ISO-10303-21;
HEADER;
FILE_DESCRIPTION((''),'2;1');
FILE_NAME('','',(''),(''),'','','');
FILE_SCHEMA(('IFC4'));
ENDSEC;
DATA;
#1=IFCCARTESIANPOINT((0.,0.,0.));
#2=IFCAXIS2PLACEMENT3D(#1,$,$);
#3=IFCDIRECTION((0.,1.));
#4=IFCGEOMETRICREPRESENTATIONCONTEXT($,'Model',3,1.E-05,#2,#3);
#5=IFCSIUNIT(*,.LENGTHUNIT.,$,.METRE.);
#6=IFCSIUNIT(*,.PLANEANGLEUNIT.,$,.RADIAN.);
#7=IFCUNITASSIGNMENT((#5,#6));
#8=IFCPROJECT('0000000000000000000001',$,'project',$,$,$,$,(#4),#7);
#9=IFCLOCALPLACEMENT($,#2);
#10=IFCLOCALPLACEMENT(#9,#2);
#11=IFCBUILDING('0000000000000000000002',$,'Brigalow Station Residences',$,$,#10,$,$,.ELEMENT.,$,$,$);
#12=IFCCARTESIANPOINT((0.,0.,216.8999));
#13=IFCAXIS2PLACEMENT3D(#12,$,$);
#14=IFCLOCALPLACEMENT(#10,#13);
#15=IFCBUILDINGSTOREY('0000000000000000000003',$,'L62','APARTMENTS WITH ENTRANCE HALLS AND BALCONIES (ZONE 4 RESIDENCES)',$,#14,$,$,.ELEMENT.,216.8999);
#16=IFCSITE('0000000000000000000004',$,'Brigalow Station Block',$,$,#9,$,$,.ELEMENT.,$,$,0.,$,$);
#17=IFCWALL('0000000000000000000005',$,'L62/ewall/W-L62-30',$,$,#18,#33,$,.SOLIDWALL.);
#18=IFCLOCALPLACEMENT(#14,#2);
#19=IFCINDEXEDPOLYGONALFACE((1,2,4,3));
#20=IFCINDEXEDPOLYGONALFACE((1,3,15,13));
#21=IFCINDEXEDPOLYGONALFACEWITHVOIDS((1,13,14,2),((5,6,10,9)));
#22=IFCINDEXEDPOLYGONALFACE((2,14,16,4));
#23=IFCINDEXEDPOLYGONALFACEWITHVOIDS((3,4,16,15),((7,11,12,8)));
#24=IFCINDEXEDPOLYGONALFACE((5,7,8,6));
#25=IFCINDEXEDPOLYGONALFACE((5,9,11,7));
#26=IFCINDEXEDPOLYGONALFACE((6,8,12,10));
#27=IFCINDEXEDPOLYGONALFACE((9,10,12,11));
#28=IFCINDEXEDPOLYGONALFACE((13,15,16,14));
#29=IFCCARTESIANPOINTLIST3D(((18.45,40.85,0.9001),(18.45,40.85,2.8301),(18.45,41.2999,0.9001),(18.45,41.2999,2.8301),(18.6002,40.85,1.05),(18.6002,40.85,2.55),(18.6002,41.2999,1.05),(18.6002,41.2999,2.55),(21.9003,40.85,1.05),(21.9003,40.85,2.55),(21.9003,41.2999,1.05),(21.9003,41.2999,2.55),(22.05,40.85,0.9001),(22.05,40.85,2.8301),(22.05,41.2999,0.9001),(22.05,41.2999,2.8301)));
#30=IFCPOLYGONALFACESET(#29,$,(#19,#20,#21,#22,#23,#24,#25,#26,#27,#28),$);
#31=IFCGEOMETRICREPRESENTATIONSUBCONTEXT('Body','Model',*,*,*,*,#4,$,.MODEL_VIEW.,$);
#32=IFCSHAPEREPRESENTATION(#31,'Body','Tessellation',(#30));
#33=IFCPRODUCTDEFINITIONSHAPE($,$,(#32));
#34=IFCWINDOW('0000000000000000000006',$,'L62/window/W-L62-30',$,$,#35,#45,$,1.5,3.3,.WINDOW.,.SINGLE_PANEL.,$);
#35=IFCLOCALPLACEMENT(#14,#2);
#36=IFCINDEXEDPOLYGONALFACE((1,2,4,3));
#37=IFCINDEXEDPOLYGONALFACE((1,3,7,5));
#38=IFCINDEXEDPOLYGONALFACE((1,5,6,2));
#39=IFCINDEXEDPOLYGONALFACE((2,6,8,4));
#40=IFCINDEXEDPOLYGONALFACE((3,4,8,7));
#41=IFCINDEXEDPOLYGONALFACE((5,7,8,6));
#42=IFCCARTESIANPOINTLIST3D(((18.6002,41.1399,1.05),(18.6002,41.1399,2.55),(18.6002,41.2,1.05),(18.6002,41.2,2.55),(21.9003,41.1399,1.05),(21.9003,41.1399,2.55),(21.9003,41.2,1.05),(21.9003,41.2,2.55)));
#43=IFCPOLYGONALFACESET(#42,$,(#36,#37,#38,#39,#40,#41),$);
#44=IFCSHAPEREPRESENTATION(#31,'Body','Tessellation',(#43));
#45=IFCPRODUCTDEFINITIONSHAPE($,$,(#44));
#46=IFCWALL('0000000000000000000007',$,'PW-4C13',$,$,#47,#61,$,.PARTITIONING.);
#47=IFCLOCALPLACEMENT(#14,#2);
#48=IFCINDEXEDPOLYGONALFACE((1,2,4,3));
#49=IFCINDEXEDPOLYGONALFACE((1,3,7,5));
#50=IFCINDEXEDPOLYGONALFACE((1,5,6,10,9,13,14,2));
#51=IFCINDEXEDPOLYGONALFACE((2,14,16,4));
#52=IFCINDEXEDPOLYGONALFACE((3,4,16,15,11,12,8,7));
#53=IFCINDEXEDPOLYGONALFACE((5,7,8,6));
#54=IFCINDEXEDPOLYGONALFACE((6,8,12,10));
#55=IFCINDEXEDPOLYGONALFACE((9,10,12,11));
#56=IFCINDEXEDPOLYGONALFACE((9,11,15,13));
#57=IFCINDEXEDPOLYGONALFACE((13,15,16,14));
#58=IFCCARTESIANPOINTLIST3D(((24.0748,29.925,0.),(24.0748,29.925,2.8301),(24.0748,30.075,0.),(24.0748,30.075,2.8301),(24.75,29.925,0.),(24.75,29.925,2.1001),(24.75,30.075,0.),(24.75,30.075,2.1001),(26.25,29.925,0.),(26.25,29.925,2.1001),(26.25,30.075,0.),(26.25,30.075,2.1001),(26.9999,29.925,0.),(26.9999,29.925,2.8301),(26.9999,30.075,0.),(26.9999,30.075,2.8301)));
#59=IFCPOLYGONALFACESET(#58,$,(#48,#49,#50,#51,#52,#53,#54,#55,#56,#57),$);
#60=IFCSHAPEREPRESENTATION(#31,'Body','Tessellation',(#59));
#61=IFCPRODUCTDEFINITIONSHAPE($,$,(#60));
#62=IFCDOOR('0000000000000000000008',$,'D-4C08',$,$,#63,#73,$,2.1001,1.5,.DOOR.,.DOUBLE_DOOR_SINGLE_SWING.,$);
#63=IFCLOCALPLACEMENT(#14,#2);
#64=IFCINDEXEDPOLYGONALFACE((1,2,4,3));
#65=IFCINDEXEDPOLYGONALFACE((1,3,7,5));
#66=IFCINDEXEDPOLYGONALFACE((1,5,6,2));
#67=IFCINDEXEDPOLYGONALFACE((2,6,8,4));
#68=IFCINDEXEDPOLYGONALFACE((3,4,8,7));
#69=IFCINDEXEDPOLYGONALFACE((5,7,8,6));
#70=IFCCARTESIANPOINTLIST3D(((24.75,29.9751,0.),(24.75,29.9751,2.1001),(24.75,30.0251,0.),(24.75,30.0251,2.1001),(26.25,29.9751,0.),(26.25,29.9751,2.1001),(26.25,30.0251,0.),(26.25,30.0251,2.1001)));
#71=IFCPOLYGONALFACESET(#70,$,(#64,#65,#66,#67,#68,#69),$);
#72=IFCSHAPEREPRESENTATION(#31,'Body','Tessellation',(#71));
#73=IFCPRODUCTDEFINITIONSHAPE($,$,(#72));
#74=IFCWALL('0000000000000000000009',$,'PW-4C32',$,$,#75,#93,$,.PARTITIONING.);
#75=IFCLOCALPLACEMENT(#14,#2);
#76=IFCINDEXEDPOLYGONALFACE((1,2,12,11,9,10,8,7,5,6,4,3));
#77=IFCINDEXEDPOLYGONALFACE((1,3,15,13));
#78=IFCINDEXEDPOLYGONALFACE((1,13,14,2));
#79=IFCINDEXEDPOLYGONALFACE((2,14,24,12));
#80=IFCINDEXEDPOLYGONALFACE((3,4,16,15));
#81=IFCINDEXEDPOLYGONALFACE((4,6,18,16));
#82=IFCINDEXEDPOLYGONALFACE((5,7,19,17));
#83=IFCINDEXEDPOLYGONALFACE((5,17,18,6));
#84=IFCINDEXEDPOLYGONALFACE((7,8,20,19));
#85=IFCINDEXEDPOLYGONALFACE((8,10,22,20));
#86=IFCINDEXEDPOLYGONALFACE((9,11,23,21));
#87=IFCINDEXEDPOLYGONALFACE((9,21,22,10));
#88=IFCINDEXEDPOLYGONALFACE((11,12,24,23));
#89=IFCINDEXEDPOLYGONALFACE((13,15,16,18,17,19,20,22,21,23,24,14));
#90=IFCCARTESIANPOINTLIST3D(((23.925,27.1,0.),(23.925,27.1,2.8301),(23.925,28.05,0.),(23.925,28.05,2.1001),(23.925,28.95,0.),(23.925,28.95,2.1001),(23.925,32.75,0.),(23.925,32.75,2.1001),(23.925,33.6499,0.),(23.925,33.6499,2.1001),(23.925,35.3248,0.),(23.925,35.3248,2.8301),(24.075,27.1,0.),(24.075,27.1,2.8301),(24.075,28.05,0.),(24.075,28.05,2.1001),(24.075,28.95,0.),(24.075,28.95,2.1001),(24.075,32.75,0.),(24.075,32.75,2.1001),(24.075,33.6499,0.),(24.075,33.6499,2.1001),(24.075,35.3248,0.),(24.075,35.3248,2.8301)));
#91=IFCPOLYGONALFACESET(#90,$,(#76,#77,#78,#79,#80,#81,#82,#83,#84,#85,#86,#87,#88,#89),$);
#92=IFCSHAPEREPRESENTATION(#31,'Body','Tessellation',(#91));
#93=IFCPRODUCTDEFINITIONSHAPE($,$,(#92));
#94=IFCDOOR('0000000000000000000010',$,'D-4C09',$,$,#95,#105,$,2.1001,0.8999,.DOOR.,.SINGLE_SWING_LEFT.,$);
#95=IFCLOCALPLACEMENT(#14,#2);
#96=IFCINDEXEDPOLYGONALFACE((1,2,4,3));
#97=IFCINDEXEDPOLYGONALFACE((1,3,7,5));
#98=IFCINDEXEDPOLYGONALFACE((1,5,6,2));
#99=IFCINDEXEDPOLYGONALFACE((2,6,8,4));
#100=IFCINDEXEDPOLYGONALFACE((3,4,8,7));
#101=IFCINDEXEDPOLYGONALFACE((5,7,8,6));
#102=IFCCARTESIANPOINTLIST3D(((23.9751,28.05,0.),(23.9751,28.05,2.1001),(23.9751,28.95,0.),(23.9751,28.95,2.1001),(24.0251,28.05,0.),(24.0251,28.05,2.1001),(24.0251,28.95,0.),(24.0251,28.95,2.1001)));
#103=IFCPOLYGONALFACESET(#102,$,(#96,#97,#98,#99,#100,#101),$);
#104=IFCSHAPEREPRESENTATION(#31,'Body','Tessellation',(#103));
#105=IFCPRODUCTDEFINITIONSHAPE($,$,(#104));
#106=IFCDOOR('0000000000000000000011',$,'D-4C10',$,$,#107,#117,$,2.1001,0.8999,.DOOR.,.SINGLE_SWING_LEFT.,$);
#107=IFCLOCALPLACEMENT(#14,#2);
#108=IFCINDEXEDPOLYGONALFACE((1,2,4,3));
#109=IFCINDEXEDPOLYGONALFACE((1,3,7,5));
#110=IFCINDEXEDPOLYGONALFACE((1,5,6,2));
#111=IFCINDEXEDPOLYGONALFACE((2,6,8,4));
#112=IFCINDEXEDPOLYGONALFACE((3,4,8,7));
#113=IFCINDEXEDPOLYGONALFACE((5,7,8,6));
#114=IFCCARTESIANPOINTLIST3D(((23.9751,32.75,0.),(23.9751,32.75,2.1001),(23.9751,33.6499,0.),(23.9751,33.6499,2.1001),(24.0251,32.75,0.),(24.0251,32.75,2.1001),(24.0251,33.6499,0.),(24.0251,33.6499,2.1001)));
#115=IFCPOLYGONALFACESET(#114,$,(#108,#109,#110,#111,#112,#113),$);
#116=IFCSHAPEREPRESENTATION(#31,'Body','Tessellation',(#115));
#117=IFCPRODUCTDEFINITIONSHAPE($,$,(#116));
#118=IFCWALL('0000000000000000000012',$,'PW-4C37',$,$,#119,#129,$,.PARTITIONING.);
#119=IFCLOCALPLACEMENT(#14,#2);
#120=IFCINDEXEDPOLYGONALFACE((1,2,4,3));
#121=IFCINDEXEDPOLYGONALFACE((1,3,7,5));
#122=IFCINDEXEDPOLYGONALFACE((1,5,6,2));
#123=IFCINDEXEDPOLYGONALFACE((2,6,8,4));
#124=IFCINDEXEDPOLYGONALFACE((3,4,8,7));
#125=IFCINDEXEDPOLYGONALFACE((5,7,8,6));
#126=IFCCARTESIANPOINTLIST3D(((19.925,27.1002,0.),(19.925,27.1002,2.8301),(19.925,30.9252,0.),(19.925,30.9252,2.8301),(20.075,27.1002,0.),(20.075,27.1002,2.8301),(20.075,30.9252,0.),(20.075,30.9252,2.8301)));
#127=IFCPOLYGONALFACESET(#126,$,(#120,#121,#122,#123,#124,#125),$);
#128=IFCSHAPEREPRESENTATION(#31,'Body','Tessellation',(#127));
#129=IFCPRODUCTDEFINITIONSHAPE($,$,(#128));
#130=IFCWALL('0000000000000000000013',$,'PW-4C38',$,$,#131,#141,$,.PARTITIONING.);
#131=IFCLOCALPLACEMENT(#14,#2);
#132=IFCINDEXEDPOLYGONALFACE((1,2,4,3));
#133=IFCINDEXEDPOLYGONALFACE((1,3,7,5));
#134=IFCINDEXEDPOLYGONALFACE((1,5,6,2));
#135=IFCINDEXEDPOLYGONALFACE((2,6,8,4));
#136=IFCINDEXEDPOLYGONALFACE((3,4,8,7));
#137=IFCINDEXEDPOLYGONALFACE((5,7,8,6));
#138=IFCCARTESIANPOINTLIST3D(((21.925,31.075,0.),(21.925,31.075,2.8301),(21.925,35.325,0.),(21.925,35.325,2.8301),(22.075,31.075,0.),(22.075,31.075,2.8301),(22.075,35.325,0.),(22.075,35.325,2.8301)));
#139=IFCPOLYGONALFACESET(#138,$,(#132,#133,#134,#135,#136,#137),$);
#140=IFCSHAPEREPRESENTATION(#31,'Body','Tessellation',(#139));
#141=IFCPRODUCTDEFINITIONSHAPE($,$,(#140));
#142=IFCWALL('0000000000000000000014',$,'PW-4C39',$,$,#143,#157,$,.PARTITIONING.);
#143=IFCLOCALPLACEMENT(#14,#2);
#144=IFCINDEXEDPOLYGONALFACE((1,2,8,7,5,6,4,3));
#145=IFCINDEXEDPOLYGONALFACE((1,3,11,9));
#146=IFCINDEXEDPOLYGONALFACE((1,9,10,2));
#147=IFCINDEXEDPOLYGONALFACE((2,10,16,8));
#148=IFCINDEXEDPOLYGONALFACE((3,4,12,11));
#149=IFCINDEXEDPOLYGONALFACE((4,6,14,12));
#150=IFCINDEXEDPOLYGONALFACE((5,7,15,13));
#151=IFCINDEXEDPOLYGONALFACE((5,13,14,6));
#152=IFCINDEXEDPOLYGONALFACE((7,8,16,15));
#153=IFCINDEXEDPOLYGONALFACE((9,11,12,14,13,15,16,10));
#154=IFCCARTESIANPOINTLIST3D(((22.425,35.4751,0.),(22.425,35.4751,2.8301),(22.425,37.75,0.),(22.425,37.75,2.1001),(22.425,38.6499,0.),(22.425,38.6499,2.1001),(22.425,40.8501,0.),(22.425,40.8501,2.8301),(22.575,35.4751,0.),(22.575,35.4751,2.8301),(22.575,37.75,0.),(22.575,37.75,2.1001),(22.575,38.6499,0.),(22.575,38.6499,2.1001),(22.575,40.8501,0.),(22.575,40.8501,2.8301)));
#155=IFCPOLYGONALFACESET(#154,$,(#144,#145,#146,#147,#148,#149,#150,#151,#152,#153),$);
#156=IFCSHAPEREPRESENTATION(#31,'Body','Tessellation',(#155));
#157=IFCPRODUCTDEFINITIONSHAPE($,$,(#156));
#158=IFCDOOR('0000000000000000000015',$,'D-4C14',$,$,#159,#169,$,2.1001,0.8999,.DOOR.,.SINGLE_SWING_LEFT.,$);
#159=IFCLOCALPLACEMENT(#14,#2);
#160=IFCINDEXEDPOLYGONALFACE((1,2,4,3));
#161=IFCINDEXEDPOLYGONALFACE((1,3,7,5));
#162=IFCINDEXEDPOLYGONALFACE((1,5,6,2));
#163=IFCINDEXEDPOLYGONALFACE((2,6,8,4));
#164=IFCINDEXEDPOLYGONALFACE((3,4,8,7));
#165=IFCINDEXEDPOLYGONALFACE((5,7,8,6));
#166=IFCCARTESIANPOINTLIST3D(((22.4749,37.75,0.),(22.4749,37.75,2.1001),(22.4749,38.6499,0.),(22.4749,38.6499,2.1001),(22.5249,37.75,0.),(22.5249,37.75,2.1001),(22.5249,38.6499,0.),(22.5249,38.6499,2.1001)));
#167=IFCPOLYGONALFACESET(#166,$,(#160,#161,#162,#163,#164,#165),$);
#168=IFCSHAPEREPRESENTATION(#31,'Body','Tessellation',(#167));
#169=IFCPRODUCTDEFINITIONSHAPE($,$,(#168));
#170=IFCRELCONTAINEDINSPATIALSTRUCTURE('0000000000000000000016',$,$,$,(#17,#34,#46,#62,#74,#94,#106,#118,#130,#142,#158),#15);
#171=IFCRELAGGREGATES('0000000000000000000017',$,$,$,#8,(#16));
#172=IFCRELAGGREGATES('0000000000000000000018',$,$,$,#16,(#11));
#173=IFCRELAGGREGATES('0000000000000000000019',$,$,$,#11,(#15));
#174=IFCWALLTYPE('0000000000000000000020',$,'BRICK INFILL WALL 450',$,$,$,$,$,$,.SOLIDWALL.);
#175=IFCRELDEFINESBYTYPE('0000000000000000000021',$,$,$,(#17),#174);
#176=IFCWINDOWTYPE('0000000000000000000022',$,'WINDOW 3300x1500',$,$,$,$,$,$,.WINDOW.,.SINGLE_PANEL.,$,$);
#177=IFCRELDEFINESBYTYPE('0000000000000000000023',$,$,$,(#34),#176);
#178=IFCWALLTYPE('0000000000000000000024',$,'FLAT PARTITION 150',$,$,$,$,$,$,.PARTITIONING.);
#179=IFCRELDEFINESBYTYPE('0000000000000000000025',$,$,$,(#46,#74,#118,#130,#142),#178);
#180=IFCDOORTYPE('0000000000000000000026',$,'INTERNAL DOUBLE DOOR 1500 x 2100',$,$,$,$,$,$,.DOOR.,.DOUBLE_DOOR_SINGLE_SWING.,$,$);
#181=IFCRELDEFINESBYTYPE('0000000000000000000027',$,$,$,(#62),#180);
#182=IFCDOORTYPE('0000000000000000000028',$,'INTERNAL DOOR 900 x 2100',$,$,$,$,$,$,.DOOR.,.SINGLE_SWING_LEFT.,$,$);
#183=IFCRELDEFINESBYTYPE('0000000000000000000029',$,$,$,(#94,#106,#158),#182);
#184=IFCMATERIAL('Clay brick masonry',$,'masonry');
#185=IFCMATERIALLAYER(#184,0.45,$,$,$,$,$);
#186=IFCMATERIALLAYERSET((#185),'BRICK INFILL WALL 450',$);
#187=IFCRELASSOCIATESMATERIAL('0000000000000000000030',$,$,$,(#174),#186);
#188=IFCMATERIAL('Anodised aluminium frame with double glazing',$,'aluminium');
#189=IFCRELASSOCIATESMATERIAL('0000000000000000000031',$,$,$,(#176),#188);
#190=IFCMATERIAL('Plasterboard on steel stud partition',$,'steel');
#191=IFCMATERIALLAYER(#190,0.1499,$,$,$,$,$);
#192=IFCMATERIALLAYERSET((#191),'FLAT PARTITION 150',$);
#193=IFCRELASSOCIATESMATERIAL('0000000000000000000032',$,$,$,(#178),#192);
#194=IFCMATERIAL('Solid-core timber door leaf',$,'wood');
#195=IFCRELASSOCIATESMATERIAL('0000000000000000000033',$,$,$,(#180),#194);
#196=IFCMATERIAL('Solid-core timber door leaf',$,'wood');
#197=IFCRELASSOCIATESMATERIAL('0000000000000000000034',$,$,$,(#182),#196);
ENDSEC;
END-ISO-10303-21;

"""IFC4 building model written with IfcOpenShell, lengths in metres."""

from ifc_helpers import new_model, si_unit, direction, frame, frame_2d, origin, place, context, subcontext, project, spatial, rectangle, extrude, material, layer, layer_set, type_object, element, fill, save


model = new_model("IFC4")

# Units and contexts
model_context = context("Model", 3, precision=1e-05, world=origin(), true_north=direction((0.0, 1.0)))
body_context = subcontext(model_context, "Body", "Model", "MODEL_VIEW")
ifc_project = project(units=[si_unit("LENGTHUNIT", "METRE"), si_unit("PLANEANGLEUNIT", "RADIAN")], contexts=[model_context])

# Site, building, storey
site_placement = place(None, origin())
site = spatial("IfcSite", under=ifc_project, at=site_placement, Name="Brigalow Station Block", CompositionType="ELEMENT", RefElevation=0.0)
building_placement = place(site_placement, origin())
building = spatial("IfcBuilding", under=site, at=building_placement, Name="Brigalow Station Residences", CompositionType="ELEMENT")
storey_placement = place(building_placement, frame((0.0, 0.0, 216.8999)))
storey = spatial("IfcBuildingStorey", under=building, at=storey_placement, Name="L62", Description="APARTMENTS WITH ENTRANCE HALLS AND BALCONIES (ZONE 4 RESIDENCES)", CompositionType="ELEMENT", Elevation=216.8999)

# Wall, opening, window
ifc_material_1 = material(Name="Clay brick masonry", Category="masonry")
ifc_layer_1 = layer(ifc_material_1, 0.45)
ifc_layer_set_1 = layer_set([ifc_layer_1], Name="BRICK INFILL WALL 450")
wall_type_1 = type_object("IfcWallType", Name="BRICK INFILL WALL 450", PredefinedType="SOLIDWALL", material=ifc_layer_set_1)
ifc_material_2 = material(Name="Anodised aluminium frame with double glazing", Category="aluminium")
window_type = type_object("IfcWindowType", Name="WINDOW 3300x1500", PartitioningType="SINGLE_PANEL", PredefinedType="WINDOW", material=ifc_material_2)
wall_1_placement = place(storey_placement, frame((22.05, 41.075, 0.9001), z_axis=(0.0, 0.0, 1.0), x_axis=(-1.0, 0.0, 0.0)))
wall_1 = element("IfcWall", 1, at=wall_1_placement, inside=storey, type_object=wall_type_1, Name="L62/ewall/W-L62-30", PredefinedType="SOLIDWALL", context=body_context, shape_type="SweptSolid", body=[
    extrude(rectangle(XDim=3.6001, YDim=0.45, at=frame_2d((1.8, 0.0))), origin(), (0.0, 0.0, 1.0), 1.9299),
])
opening_1_placement = place(wall_1_placement, frame((0.1499, 0.0, 0.1499)))
opening_1 = element("IfcOpeningElement", 2, at=opening_1_placement, cuts=wall_1, PredefinedType="OPENING", context=body_context, shape_type="SweptSolid", body=[
    extrude(rectangle(XDim=3.3, YDim=1.5, at=frame_2d((1.6499, 0.75))), frame((0.0, 0.2349, 0.0), z_axis=(0.0, -1.0, 0.0), x_axis=(1.0, 0.0, 0.0)), (0.0, 0.0, 1.0), 0.47),
])
window_1_placement = place(opening_1_placement, origin())
window_1 = element("IfcWindow", 3, at=window_1_placement, inside=storey, type_object=window_type, Name="L62/window/W-L62-30", OverallHeight=1.5, OverallWidth=3.3, PartitioningType="SINGLE_PANEL", PredefinedType="WINDOW", context=body_context, shape_type="SweptSolid", body=[
    extrude(rectangle(XDim=3.3, YDim=1.5, at=frame_2d((1.6499, 0.75))), frame((0.0, -0.0649, 0.0), z_axis=(0.0, -1.0, 0.0), x_axis=(1.0, 0.0, 0.0)), (0.0, 0.0, 1.0), 0.0601),
])
fill(opening_1, window_1)

# Wall, opening, door
ifc_material_3 = material(Name="Plasterboard on steel stud partition", Category="steel")
ifc_layer_2 = layer(ifc_material_3, 0.1499)
ifc_layer_set_2 = layer_set([ifc_layer_2], Name="FLAT PARTITION 150")
wall_type_2 = type_object("IfcWallType", Name="FLAT PARTITION 150", PredefinedType="PARTITIONING", material=ifc_layer_set_2)
wall_2_placement = place(storey_placement, frame((24.075, 30.0, 0.0), z_axis=(0.0, 0.0, 1.0), x_axis=(1.0, 0.0, 0.0)))
wall_2 = element("IfcWall", 4, at=wall_2_placement, inside=storey, type_object=wall_type_2, Name="PW-4C13", PredefinedType="PARTITIONING", context=body_context, shape_type="SweptSolid", body=[
    extrude(rectangle(XDim=2.925, YDim=0.1499, at=frame_2d((1.4624, 0.0))), origin(), (0.0, 0.0, 1.0), 2.8301),
])
opening_2_placement = place(wall_2_placement, frame((0.675, 0.0, 0.0)))
opening_2 = element("IfcOpeningElement", 5, at=opening_2_placement, cuts=wall_2, PredefinedType="OPENING", context=body_context, shape_type="SweptSolid", body=[
    extrude(rectangle(XDim=1.5, YDim=2.1001, at=frame_2d((0.75, 1.05))), frame((0.0, 0.085, 0.0), z_axis=(0.0, -1.0, 0.0), x_axis=(1.0, 0.0, 0.0)), (0.0, 0.0, 1.0), 0.1699),
])
ifc_material_4 = material(Name="Solid-core timber door leaf", Category="wood")
door_type_1 = type_object("IfcDoorType", Name="INTERNAL DOUBLE DOOR 1500 x 2100", OperationType="DOUBLE_DOOR_SINGLE_SWING", PredefinedType="DOOR", material=ifc_material_4)
door_1_placement = place(opening_2_placement, frame((1.5, 0.0, 0.0), z_axis=(0.0, 0.0, 1.0), x_axis=(-1.0, 0.0, 0.0)))
door_1 = element("IfcDoor", 6, at=door_1_placement, inside=storey, type_object=door_type_1, Name="D-4C08", OperationType="DOUBLE_DOOR_SINGLE_SWING", OverallHeight=2.1001, OverallWidth=1.5, PredefinedType="DOOR", context=body_context, shape_type="SweptSolid", body=[
    extrude(rectangle(XDim=1.5, YDim=2.1001, at=frame_2d((0.75, 1.05))), frame((0.0, 0.0249, 0.0), z_axis=(0.0, -1.0, 0.0), x_axis=(1.0, 0.0, 0.0)), (0.0, 0.0, 1.0), 0.05),
])
fill(opening_2, door_1)

# Wall, openings, doors
wall_3_placement = place(storey_placement, frame((24.0, 27.1001, 0.0), z_axis=(0.0, 0.0, 1.0), x_axis=(0.0, 1.0, 0.0)))
wall_3 = element("IfcWall", 7, at=wall_3_placement, inside=storey, type_object=wall_type_2, Name="PW-4C32", PredefinedType="PARTITIONING", context=body_context, shape_type="SweptSolid", body=[
    extrude(rectangle(XDim=8.2249, YDim=0.1499, at=frame_2d((4.1123, 0.0))), origin(), (0.0, 0.0, 1.0), 2.8301),
])
opening_3_placement = place(wall_3_placement, frame((0.95, 0.0, 0.0)))
opening_3 = element("IfcOpeningElement", 8, at=opening_3_placement, cuts=wall_3, PredefinedType="OPENING", context=body_context, shape_type="SweptSolid", body=[
    extrude(rectangle(XDim=0.8999, YDim=2.1001, at=frame_2d((0.45, 1.05))), frame((0.0, 0.085, 0.0), z_axis=(0.0, -1.0, 0.0), x_axis=(1.0, 0.0, 0.0)), (0.0, 0.0, 1.0), 0.1699),
])
opening_4_placement = place(wall_3_placement, frame((5.6499, 0.0, 0.0)))
opening_4 = element("IfcOpeningElement", 9, at=opening_4_placement, cuts=wall_3, PredefinedType="OPENING", context=body_context, shape_type="SweptSolid", body=[
    extrude(rectangle(XDim=0.8999, YDim=2.1001, at=frame_2d((0.45, 1.05))), frame((0.0, 0.085, 0.0), z_axis=(0.0, -1.0, 0.0), x_axis=(1.0, 0.0, 0.0)), (0.0, 0.0, 1.0), 0.1699),
])
ifc_material_5 = material(Name="Solid-core timber door leaf", Category="wood")
door_type_2 = type_object("IfcDoorType", Name="INTERNAL DOOR 900 x 2100", OperationType="SINGLE_SWING_LEFT", PredefinedType="DOOR", material=ifc_material_5)
door_2_placement = place(opening_3_placement, origin())
door_2 = element("IfcDoor", 10, at=door_2_placement, inside=storey, type_object=door_type_2, Name="D-4C09", OperationType="SINGLE_SWING_LEFT", OverallHeight=2.1001, OverallWidth=0.8999, PredefinedType="DOOR", context=body_context, shape_type="SweptSolid", body=[
    extrude(rectangle(XDim=0.8999, YDim=2.1001, at=frame_2d((0.45, 1.05))), frame((0.0, 0.0249, 0.0), z_axis=(0.0, -1.0, 0.0), x_axis=(1.0, 0.0, 0.0)), (0.0, 0.0, 1.0), 0.05),
])
fill(opening_3, door_2)
door_3_placement = place(opening_4_placement, origin())
door_3 = element("IfcDoor", 11, at=door_3_placement, inside=storey, type_object=door_type_2, Name="D-4C10", OperationType="SINGLE_SWING_LEFT", OverallHeight=2.1001, OverallWidth=0.8999, PredefinedType="DOOR", context=body_context, shape_type="SweptSolid", body=[
    extrude(rectangle(XDim=0.8999, YDim=2.1001, at=frame_2d((0.45, 1.05))), frame((0.0, 0.0249, 0.0), z_axis=(0.0, -1.0, 0.0), x_axis=(1.0, 0.0, 0.0)), (0.0, 0.0, 1.0), 0.05),
])
fill(opening_4, door_3)

# Walls
wall_4_placement = place(storey_placement, frame((20.0, 27.1001, 0.0), z_axis=(0.0, 0.0, 1.0), x_axis=(0.0, 1.0, 0.0)))
element("IfcWall", 12, at=wall_4_placement, inside=storey, type_object=wall_type_2, Name="PW-4C37", PredefinedType="PARTITIONING", context=body_context, shape_type="SweptSolid", body=[
    extrude(rectangle(XDim=3.825, YDim=0.1499, at=frame_2d((1.9126, 0.0))), origin(), (0.0, 0.0, 1.0), 2.8301),
])
wall_5_placement = place(storey_placement, frame((22.0, 31.075, 0.0), z_axis=(0.0, 0.0, 1.0), x_axis=(0.0, 1.0, 0.0)))
element("IfcWall", 13, at=wall_5_placement, inside=storey, type_object=wall_type_2, Name="PW-4C38", PredefinedType="PARTITIONING", context=body_context, shape_type="SweptSolid", body=[
    extrude(rectangle(XDim=4.25, YDim=0.1499, at=frame_2d((2.125, 0.0))), origin(), (0.0, 0.0, 1.0), 2.8301),
])

# Wall, opening, door
wall_6_placement = place(storey_placement, frame((22.5, 35.4751, 0.0), z_axis=(0.0, 0.0, 1.0), x_axis=(0.0, 1.0, 0.0)))
wall_6 = element("IfcWall", 14, at=wall_6_placement, inside=storey, type_object=wall_type_2, Name="PW-4C39", PredefinedType="PARTITIONING", context=body_context, shape_type="SweptSolid", body=[
    extrude(rectangle(XDim=5.375, YDim=0.1499, at=frame_2d((2.6875, 0.0))), origin(), (0.0, 0.0, 1.0), 2.8301),
])
opening_5_placement = place(wall_6_placement, frame((2.2749, 0.0, 0.0)))
opening_5 = element("IfcOpeningElement", 15, at=opening_5_placement, cuts=wall_6, PredefinedType="OPENING", context=body_context, shape_type="SweptSolid", body=[
    extrude(rectangle(XDim=0.8999, YDim=2.1001, at=frame_2d((0.45, 1.05))), frame((0.0, 0.085, 0.0), z_axis=(0.0, -1.0, 0.0), x_axis=(1.0, 0.0, 0.0)), (0.0, 0.0, 1.0), 0.1699),
])
door_4_placement = place(opening_5_placement, frame((0.8999, 0.0, 0.0), z_axis=(0.0, 0.0, 1.0), x_axis=(-1.0, 0.0, 0.0)))
door_4 = element("IfcDoor", 16, at=door_4_placement, inside=storey, type_object=door_type_2, Name="D-4C14", OperationType="SINGLE_SWING_LEFT", OverallHeight=2.1001, OverallWidth=0.8999, PredefinedType="DOOR", context=body_context, shape_type="SweptSolid", body=[
    extrude(rectangle(XDim=0.8999, YDim=2.1001, at=frame_2d((0.45, 1.05))), frame((0.0, 0.0249, 0.0), z_axis=(0.0, -1.0, 0.0), x_axis=(1.0, 0.0, 0.0)), (0.0, 0.0, 1.0), 0.05),
])
fill(opening_5, door_4)

save(model, "model.ifc")
